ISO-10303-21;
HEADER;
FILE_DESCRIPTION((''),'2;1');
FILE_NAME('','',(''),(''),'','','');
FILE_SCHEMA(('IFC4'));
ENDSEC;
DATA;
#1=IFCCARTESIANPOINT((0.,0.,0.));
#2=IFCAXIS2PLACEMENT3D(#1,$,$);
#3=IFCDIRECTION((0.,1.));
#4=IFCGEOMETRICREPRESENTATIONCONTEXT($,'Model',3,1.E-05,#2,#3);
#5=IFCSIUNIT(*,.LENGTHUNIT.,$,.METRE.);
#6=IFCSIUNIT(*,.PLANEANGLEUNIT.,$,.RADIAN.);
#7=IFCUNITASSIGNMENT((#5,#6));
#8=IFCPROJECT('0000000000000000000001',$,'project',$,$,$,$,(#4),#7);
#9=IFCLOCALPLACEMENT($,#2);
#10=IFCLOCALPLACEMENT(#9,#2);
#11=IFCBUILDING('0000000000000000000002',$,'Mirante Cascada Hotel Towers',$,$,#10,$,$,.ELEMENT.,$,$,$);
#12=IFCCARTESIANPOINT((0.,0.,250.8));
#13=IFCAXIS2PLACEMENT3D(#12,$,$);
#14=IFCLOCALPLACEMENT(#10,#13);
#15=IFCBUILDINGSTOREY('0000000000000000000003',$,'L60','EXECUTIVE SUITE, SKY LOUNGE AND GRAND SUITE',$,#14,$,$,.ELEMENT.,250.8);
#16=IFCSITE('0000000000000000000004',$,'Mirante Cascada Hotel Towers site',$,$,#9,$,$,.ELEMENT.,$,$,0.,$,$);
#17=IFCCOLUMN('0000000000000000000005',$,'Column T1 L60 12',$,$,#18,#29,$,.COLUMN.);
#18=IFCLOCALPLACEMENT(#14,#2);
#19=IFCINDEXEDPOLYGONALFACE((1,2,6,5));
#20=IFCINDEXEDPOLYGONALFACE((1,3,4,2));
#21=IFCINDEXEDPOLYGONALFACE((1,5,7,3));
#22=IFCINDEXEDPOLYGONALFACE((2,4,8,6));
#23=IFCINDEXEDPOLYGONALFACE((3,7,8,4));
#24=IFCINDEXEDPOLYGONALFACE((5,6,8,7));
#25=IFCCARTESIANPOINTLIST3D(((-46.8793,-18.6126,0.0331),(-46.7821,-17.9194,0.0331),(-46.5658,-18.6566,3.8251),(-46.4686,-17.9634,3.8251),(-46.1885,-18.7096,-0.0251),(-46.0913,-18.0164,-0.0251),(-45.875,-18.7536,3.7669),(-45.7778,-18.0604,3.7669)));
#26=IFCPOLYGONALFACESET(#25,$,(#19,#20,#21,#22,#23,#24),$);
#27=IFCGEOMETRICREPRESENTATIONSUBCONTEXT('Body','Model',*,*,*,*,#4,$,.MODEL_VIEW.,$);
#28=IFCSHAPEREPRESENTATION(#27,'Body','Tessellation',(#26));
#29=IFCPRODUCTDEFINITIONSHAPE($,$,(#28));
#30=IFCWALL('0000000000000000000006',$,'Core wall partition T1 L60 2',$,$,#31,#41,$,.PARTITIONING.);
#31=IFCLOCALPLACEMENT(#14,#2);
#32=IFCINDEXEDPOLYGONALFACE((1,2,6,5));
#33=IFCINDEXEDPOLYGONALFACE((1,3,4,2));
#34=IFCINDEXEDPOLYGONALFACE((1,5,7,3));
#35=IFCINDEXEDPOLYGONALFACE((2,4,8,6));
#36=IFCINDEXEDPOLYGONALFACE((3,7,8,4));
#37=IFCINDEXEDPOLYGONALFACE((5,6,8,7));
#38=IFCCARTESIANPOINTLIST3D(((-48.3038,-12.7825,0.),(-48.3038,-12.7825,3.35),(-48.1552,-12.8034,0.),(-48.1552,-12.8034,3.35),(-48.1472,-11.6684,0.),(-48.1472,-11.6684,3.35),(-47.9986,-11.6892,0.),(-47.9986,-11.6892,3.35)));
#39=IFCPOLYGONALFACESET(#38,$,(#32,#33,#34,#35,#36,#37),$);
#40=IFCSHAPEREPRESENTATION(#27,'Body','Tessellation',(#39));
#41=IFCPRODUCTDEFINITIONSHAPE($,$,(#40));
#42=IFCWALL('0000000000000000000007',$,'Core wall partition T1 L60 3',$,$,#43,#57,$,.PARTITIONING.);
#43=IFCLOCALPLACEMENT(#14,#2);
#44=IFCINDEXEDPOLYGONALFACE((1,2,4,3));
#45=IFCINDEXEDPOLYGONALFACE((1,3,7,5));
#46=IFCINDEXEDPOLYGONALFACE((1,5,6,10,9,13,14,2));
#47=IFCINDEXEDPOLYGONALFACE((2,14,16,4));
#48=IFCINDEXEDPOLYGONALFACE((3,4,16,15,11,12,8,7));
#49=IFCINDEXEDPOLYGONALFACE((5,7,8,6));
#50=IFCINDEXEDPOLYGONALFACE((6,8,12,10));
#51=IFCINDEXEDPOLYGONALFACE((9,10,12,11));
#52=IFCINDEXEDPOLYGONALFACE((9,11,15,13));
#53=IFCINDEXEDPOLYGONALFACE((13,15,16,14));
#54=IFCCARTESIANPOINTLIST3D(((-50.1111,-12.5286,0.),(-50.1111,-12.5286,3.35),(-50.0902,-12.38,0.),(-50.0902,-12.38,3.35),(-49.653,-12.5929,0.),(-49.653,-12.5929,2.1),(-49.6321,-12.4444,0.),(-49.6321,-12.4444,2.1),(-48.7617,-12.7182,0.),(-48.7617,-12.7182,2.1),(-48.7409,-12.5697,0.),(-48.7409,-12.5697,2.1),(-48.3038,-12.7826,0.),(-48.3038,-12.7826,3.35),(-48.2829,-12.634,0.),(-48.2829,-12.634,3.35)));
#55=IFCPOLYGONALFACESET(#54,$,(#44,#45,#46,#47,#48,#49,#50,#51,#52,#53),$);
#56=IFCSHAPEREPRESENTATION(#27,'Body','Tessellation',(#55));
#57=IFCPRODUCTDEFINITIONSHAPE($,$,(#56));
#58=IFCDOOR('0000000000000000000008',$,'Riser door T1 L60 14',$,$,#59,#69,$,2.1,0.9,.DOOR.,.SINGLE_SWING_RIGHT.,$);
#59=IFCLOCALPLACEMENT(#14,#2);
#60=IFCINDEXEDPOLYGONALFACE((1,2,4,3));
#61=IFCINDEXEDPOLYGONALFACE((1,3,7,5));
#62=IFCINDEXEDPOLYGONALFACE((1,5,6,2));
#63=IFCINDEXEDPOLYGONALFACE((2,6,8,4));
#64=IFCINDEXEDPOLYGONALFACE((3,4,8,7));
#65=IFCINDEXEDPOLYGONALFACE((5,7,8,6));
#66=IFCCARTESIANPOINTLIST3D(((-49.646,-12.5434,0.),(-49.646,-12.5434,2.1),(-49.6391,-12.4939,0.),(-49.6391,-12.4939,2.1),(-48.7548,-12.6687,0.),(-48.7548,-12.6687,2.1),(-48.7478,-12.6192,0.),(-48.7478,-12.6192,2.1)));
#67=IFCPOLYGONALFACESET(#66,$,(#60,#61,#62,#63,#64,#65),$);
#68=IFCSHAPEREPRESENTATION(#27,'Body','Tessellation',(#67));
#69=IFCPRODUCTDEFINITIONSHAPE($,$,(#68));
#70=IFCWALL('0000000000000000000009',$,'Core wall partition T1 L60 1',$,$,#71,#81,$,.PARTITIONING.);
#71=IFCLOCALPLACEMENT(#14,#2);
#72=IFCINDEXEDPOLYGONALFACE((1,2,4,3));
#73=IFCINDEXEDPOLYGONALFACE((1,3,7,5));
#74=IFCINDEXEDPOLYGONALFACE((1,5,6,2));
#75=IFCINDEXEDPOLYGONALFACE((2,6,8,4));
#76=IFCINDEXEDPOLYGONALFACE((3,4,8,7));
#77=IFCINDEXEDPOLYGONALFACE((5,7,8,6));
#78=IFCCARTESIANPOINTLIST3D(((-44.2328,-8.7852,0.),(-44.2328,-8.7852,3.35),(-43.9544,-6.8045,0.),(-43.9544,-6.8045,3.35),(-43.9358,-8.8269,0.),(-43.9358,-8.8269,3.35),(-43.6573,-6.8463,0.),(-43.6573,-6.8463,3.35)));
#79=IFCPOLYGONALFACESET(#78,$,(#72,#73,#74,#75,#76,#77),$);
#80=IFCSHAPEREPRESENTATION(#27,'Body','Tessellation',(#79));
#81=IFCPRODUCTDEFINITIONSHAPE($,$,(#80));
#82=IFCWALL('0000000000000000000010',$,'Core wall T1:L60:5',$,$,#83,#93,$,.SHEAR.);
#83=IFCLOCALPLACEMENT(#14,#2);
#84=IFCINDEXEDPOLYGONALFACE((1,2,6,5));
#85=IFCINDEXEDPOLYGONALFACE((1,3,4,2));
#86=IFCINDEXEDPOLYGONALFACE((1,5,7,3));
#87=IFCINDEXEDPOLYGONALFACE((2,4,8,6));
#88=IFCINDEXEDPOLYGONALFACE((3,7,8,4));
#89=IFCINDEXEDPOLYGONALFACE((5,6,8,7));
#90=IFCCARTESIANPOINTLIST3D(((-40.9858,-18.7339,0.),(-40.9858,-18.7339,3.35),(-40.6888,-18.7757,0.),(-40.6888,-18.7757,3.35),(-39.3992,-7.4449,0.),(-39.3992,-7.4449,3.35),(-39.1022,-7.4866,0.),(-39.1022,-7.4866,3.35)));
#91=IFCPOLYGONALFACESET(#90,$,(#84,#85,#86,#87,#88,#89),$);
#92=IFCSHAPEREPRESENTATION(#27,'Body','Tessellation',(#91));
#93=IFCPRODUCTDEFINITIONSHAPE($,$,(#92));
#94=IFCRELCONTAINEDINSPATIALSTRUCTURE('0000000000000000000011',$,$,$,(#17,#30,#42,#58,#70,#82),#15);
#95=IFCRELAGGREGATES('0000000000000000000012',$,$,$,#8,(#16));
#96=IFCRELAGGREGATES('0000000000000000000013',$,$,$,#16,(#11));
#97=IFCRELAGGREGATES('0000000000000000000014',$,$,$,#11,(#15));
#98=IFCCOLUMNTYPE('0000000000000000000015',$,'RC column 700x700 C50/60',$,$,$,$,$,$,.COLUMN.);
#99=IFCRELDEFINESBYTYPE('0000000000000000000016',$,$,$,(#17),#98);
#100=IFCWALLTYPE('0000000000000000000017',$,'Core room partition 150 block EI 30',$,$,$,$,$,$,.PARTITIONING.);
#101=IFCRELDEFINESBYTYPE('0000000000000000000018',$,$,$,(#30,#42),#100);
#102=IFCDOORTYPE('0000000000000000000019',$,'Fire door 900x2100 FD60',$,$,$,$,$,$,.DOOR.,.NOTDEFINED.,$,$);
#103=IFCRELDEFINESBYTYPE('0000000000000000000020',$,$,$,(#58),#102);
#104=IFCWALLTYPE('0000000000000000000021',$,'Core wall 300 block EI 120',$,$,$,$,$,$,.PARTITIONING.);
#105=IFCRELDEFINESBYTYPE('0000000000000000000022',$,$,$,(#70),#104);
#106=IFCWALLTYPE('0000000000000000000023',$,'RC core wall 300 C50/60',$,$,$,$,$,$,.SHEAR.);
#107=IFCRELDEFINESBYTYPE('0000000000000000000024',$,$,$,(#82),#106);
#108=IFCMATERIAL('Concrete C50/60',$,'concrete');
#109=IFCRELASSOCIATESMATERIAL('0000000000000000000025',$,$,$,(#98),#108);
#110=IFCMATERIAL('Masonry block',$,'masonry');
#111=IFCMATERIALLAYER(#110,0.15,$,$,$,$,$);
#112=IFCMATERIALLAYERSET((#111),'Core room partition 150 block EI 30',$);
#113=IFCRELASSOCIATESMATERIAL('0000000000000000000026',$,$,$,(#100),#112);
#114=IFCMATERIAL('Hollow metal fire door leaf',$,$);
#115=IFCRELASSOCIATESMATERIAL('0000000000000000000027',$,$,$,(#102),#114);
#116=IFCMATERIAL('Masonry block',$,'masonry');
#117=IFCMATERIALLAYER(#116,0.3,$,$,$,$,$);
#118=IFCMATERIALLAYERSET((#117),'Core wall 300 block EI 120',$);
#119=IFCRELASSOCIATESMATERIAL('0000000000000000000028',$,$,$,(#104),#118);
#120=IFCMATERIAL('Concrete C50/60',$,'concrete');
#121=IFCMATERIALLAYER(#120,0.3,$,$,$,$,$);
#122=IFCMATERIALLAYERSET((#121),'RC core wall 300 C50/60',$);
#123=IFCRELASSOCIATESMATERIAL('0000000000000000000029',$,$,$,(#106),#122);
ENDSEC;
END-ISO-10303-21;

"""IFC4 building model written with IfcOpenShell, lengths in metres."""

from ifc_helpers import new_model, si_unit, direction, frame, frame_2d, origin, origin_2d, place, context, subcontext, project, spatial, rectangle, extrude, material, layer, layer_set, material_profile, profile_set, type_object, element, fill, save


model = new_model("IFC4")

# Units and contexts
model_context = context("Model", 3, precision=1e-05, world=origin(), true_north=direction((0.0, 1.0)))
body_context = subcontext(model_context, "Body", "Model", "MODEL_VIEW")
ifc_project = project(units=[si_unit("LENGTHUNIT", "METRE"), si_unit("PLANEANGLEUNIT", "RADIAN")], contexts=[model_context])

# Site, building, storey
site_placement = place(None, origin())
site = spatial("IfcSite", under=ifc_project, at=site_placement, Name="Mirante Cascada Hotel Towers site", CompositionType="ELEMENT", RefElevation=0.0)
building_placement = place(site_placement, origin())
building = spatial("IfcBuilding", under=site, at=building_placement, Name="Mirante Cascada Hotel Towers", CompositionType="ELEMENT")
storey_placement = place(building_placement, frame((0.0, 0.0, 250.8)))
storey = spatial("IfcBuildingStorey", under=building, at=storey_placement, Name="L60", Description="EXECUTIVE SUITE, SKY LOUNGE AND GRAND SUITE", CompositionType="ELEMENT", Elevation=250.8)

# Column
ifc_material_1 = material(Name="Concrete C50/60", Category="concrete")
ifc_material_profile = material_profile(ifc_material_1, rectangle(XDim=0.7, YDim=0.7, at=origin_2d()), Name="RC column 700x700 C50/60")
ifc_profile_set = profile_set([ifc_material_profile], Name="Concrete C50/60")
column_type = type_object("IfcColumnType", Name="RC column 700x700 C50/60", PredefinedType="COLUMN", material=ifc_profile_set)
column_placement = place(storey_placement, frame((-46.4853, -18.3145, 0.004), z_axis=(0.082387, -0.011563, 0.996533), x_axis=(0.138989, 0.990294, 0.0)))
element("IfcColumn", 1, at=column_placement, inside=storey, type_object=column_type, Name="Column T1 L60 12", PredefinedType="COLUMN", context=body_context, shape_type="SweptSolid", body=[
    extrude(rectangle(XDim=0.7, YDim=0.7, at=origin_2d()), origin(), (0.0, 0.0, 1.0), 3.8052),
])

# Wall
ifc_material_2 = material(Name="Masonry block", Category="masonry")
ifc_layer_1 = layer(ifc_material_2, 0.15)
ifc_layer_set_1 = layer_set([ifc_layer_1], Name="Core room partition 150 block EI 30")
wall_type_1 = type_object("IfcWallType", Name="Core room partition 150 block EI 30", PredefinedType="PARTITIONING", material=ifc_layer_set_1)
wall_1_placement = place(storey_placement, frame((-48.2295, -12.793, 0.0), z_axis=(0.0, 0.0, 1.0), x_axis=(0.139193, 0.990265, 0.0)))
element("IfcWall", 2, at=wall_1_placement, inside=storey, type_object=wall_type_1, Name="Core wall partition T1 L60 2", PredefinedType="PARTITIONING", context=body_context, shape_type="SweptSolid", body=[
    extrude(rectangle(XDim=1.1251, YDim=0.15, at=frame_2d((0.5626, 0.0))), origin(), (0.0, 0.0, 1.0), 3.35),
])

# Wall, opening, door
wall_2_placement = place(storey_placement, frame((-48.2933, -12.7083, 0.0), z_axis=(0.0, 0.0, 1.0), x_axis=(-0.990268, 0.139173, 0.0)))
wall_2 = element("IfcWall", 3, at=wall_2_placement, inside=storey, type_object=wall_type_1, Name="Core wall partition T1 L60 3", PredefinedType="PARTITIONING", context=body_context, shape_type="SweptSolid", body=[
    extrude(rectangle(XDim=1.8251, YDim=0.15, at=frame_2d((0.9126, 0.0))), origin(), (0.0, 0.0, 1.0), 3.35),
])
opening_1_placement = place(wall_2_placement, frame((0.4625, 0.0, 0.0)))
opening_1 = element("IfcOpeningElement", 4, at=opening_1_placement, cuts=wall_2, PredefinedType="OPENING", context=body_context, shape_type="SweptSolid", body=[
    extrude(rectangle(XDim=0.9, YDim=2.1, at=frame_2d((0.45, 1.05))), frame((0.0, 0.075, 0.0), z_axis=(0.0, -1.0, 0.0), x_axis=(1.0, 0.0, 0.0)), (0.0, 0.0, 1.0), 0.15),
])
ifc_material_3 = material(Name="Hollow metal fire door leaf")
door_type_1 = type_object("IfcDoorType", Name="Fire door 900x2100 FD60", OperationType="NOTDEFINED", PredefinedType="DOOR", material=ifc_material_3)
door_1_placement = place(opening_1_placement, origin())
door_1 = element("IfcDoor", 5, at=door_1_placement, inside=storey, type_object=door_type_1, Name="Riser door T1 L60 14", OperationType="SINGLE_SWING_RIGHT", OverallHeight=2.1, OverallWidth=0.9, PredefinedType="DOOR", context=body_context, shape_type="SweptSolid", body=[
    extrude(rectangle(XDim=0.9, YDim=2.1, at=frame_2d((0.45, 1.05))), frame((0.0, 0.025, 0.0), z_axis=(0.0, -1.0, 0.0), x_axis=(1.0, 0.0, 0.0)), (0.0, 0.0, 1.0), 0.05),
])
fill(opening_1, door_1)

# Walls
ifc_material_4 = material(Name="Masonry block", Category="masonry")
ifc_layer_2 = layer(ifc_material_4, 0.3)
ifc_layer_set_2 = layer_set([ifc_layer_2], Name="Core wall 300 block EI 120")
wall_type_2 = type_object("IfcWallType", Name="Core wall 300 block EI 120", PredefinedType="PARTITIONING", material=ifc_layer_set_2)
wall_3_placement = place(storey_placement, frame((-44.0843, -8.8061, 0.0), z_axis=(0.0, 0.0, 1.0), x_axis=(0.139195, 0.990265, 0.0)))
element("IfcWall", 6, at=wall_3_placement, inside=storey, type_object=wall_type_2, Name="Core wall partition T1 L60 1", PredefinedType="PARTITIONING", context=body_context, shape_type="SweptSolid", body=[
    extrude(rectangle(XDim=2.0001, YDim=0.3, at=frame_2d((1.0001, 0.0))), origin(), (0.0, 0.0, 1.0), 3.35),
])
ifc_material_5 = material(Name="Concrete C50/60", Category="concrete")
ifc_layer_3 = layer(ifc_material_5, 0.3)
ifc_layer_set_3 = layer_set([ifc_layer_3], Name="RC core wall 300 C50/60")
wall_type_3 = type_object("IfcWallType", Name="RC core wall 300 C50/60", PredefinedType="SHEAR", material=ifc_layer_set_3)
wall_4_placement = place(storey_placement, frame((-40.8373, -18.7548, 0.0), z_axis=(0.0, 0.0, 1.0), x_axis=(0.139175, 0.990268, 0.0)))
element("IfcWall", 7, at=wall_4_placement, inside=storey, type_object=wall_type_3, Name="Core wall T1:L60:5", PredefinedType="SHEAR", context=body_context, shape_type="SweptSolid", body=[
    extrude(rectangle(XDim=11.4, YDim=0.3, at=frame_2d((5.7, 0.0))), origin(), (0.0, 0.0, 1.0), 3.35),
])

save(model, "model.ifc")
